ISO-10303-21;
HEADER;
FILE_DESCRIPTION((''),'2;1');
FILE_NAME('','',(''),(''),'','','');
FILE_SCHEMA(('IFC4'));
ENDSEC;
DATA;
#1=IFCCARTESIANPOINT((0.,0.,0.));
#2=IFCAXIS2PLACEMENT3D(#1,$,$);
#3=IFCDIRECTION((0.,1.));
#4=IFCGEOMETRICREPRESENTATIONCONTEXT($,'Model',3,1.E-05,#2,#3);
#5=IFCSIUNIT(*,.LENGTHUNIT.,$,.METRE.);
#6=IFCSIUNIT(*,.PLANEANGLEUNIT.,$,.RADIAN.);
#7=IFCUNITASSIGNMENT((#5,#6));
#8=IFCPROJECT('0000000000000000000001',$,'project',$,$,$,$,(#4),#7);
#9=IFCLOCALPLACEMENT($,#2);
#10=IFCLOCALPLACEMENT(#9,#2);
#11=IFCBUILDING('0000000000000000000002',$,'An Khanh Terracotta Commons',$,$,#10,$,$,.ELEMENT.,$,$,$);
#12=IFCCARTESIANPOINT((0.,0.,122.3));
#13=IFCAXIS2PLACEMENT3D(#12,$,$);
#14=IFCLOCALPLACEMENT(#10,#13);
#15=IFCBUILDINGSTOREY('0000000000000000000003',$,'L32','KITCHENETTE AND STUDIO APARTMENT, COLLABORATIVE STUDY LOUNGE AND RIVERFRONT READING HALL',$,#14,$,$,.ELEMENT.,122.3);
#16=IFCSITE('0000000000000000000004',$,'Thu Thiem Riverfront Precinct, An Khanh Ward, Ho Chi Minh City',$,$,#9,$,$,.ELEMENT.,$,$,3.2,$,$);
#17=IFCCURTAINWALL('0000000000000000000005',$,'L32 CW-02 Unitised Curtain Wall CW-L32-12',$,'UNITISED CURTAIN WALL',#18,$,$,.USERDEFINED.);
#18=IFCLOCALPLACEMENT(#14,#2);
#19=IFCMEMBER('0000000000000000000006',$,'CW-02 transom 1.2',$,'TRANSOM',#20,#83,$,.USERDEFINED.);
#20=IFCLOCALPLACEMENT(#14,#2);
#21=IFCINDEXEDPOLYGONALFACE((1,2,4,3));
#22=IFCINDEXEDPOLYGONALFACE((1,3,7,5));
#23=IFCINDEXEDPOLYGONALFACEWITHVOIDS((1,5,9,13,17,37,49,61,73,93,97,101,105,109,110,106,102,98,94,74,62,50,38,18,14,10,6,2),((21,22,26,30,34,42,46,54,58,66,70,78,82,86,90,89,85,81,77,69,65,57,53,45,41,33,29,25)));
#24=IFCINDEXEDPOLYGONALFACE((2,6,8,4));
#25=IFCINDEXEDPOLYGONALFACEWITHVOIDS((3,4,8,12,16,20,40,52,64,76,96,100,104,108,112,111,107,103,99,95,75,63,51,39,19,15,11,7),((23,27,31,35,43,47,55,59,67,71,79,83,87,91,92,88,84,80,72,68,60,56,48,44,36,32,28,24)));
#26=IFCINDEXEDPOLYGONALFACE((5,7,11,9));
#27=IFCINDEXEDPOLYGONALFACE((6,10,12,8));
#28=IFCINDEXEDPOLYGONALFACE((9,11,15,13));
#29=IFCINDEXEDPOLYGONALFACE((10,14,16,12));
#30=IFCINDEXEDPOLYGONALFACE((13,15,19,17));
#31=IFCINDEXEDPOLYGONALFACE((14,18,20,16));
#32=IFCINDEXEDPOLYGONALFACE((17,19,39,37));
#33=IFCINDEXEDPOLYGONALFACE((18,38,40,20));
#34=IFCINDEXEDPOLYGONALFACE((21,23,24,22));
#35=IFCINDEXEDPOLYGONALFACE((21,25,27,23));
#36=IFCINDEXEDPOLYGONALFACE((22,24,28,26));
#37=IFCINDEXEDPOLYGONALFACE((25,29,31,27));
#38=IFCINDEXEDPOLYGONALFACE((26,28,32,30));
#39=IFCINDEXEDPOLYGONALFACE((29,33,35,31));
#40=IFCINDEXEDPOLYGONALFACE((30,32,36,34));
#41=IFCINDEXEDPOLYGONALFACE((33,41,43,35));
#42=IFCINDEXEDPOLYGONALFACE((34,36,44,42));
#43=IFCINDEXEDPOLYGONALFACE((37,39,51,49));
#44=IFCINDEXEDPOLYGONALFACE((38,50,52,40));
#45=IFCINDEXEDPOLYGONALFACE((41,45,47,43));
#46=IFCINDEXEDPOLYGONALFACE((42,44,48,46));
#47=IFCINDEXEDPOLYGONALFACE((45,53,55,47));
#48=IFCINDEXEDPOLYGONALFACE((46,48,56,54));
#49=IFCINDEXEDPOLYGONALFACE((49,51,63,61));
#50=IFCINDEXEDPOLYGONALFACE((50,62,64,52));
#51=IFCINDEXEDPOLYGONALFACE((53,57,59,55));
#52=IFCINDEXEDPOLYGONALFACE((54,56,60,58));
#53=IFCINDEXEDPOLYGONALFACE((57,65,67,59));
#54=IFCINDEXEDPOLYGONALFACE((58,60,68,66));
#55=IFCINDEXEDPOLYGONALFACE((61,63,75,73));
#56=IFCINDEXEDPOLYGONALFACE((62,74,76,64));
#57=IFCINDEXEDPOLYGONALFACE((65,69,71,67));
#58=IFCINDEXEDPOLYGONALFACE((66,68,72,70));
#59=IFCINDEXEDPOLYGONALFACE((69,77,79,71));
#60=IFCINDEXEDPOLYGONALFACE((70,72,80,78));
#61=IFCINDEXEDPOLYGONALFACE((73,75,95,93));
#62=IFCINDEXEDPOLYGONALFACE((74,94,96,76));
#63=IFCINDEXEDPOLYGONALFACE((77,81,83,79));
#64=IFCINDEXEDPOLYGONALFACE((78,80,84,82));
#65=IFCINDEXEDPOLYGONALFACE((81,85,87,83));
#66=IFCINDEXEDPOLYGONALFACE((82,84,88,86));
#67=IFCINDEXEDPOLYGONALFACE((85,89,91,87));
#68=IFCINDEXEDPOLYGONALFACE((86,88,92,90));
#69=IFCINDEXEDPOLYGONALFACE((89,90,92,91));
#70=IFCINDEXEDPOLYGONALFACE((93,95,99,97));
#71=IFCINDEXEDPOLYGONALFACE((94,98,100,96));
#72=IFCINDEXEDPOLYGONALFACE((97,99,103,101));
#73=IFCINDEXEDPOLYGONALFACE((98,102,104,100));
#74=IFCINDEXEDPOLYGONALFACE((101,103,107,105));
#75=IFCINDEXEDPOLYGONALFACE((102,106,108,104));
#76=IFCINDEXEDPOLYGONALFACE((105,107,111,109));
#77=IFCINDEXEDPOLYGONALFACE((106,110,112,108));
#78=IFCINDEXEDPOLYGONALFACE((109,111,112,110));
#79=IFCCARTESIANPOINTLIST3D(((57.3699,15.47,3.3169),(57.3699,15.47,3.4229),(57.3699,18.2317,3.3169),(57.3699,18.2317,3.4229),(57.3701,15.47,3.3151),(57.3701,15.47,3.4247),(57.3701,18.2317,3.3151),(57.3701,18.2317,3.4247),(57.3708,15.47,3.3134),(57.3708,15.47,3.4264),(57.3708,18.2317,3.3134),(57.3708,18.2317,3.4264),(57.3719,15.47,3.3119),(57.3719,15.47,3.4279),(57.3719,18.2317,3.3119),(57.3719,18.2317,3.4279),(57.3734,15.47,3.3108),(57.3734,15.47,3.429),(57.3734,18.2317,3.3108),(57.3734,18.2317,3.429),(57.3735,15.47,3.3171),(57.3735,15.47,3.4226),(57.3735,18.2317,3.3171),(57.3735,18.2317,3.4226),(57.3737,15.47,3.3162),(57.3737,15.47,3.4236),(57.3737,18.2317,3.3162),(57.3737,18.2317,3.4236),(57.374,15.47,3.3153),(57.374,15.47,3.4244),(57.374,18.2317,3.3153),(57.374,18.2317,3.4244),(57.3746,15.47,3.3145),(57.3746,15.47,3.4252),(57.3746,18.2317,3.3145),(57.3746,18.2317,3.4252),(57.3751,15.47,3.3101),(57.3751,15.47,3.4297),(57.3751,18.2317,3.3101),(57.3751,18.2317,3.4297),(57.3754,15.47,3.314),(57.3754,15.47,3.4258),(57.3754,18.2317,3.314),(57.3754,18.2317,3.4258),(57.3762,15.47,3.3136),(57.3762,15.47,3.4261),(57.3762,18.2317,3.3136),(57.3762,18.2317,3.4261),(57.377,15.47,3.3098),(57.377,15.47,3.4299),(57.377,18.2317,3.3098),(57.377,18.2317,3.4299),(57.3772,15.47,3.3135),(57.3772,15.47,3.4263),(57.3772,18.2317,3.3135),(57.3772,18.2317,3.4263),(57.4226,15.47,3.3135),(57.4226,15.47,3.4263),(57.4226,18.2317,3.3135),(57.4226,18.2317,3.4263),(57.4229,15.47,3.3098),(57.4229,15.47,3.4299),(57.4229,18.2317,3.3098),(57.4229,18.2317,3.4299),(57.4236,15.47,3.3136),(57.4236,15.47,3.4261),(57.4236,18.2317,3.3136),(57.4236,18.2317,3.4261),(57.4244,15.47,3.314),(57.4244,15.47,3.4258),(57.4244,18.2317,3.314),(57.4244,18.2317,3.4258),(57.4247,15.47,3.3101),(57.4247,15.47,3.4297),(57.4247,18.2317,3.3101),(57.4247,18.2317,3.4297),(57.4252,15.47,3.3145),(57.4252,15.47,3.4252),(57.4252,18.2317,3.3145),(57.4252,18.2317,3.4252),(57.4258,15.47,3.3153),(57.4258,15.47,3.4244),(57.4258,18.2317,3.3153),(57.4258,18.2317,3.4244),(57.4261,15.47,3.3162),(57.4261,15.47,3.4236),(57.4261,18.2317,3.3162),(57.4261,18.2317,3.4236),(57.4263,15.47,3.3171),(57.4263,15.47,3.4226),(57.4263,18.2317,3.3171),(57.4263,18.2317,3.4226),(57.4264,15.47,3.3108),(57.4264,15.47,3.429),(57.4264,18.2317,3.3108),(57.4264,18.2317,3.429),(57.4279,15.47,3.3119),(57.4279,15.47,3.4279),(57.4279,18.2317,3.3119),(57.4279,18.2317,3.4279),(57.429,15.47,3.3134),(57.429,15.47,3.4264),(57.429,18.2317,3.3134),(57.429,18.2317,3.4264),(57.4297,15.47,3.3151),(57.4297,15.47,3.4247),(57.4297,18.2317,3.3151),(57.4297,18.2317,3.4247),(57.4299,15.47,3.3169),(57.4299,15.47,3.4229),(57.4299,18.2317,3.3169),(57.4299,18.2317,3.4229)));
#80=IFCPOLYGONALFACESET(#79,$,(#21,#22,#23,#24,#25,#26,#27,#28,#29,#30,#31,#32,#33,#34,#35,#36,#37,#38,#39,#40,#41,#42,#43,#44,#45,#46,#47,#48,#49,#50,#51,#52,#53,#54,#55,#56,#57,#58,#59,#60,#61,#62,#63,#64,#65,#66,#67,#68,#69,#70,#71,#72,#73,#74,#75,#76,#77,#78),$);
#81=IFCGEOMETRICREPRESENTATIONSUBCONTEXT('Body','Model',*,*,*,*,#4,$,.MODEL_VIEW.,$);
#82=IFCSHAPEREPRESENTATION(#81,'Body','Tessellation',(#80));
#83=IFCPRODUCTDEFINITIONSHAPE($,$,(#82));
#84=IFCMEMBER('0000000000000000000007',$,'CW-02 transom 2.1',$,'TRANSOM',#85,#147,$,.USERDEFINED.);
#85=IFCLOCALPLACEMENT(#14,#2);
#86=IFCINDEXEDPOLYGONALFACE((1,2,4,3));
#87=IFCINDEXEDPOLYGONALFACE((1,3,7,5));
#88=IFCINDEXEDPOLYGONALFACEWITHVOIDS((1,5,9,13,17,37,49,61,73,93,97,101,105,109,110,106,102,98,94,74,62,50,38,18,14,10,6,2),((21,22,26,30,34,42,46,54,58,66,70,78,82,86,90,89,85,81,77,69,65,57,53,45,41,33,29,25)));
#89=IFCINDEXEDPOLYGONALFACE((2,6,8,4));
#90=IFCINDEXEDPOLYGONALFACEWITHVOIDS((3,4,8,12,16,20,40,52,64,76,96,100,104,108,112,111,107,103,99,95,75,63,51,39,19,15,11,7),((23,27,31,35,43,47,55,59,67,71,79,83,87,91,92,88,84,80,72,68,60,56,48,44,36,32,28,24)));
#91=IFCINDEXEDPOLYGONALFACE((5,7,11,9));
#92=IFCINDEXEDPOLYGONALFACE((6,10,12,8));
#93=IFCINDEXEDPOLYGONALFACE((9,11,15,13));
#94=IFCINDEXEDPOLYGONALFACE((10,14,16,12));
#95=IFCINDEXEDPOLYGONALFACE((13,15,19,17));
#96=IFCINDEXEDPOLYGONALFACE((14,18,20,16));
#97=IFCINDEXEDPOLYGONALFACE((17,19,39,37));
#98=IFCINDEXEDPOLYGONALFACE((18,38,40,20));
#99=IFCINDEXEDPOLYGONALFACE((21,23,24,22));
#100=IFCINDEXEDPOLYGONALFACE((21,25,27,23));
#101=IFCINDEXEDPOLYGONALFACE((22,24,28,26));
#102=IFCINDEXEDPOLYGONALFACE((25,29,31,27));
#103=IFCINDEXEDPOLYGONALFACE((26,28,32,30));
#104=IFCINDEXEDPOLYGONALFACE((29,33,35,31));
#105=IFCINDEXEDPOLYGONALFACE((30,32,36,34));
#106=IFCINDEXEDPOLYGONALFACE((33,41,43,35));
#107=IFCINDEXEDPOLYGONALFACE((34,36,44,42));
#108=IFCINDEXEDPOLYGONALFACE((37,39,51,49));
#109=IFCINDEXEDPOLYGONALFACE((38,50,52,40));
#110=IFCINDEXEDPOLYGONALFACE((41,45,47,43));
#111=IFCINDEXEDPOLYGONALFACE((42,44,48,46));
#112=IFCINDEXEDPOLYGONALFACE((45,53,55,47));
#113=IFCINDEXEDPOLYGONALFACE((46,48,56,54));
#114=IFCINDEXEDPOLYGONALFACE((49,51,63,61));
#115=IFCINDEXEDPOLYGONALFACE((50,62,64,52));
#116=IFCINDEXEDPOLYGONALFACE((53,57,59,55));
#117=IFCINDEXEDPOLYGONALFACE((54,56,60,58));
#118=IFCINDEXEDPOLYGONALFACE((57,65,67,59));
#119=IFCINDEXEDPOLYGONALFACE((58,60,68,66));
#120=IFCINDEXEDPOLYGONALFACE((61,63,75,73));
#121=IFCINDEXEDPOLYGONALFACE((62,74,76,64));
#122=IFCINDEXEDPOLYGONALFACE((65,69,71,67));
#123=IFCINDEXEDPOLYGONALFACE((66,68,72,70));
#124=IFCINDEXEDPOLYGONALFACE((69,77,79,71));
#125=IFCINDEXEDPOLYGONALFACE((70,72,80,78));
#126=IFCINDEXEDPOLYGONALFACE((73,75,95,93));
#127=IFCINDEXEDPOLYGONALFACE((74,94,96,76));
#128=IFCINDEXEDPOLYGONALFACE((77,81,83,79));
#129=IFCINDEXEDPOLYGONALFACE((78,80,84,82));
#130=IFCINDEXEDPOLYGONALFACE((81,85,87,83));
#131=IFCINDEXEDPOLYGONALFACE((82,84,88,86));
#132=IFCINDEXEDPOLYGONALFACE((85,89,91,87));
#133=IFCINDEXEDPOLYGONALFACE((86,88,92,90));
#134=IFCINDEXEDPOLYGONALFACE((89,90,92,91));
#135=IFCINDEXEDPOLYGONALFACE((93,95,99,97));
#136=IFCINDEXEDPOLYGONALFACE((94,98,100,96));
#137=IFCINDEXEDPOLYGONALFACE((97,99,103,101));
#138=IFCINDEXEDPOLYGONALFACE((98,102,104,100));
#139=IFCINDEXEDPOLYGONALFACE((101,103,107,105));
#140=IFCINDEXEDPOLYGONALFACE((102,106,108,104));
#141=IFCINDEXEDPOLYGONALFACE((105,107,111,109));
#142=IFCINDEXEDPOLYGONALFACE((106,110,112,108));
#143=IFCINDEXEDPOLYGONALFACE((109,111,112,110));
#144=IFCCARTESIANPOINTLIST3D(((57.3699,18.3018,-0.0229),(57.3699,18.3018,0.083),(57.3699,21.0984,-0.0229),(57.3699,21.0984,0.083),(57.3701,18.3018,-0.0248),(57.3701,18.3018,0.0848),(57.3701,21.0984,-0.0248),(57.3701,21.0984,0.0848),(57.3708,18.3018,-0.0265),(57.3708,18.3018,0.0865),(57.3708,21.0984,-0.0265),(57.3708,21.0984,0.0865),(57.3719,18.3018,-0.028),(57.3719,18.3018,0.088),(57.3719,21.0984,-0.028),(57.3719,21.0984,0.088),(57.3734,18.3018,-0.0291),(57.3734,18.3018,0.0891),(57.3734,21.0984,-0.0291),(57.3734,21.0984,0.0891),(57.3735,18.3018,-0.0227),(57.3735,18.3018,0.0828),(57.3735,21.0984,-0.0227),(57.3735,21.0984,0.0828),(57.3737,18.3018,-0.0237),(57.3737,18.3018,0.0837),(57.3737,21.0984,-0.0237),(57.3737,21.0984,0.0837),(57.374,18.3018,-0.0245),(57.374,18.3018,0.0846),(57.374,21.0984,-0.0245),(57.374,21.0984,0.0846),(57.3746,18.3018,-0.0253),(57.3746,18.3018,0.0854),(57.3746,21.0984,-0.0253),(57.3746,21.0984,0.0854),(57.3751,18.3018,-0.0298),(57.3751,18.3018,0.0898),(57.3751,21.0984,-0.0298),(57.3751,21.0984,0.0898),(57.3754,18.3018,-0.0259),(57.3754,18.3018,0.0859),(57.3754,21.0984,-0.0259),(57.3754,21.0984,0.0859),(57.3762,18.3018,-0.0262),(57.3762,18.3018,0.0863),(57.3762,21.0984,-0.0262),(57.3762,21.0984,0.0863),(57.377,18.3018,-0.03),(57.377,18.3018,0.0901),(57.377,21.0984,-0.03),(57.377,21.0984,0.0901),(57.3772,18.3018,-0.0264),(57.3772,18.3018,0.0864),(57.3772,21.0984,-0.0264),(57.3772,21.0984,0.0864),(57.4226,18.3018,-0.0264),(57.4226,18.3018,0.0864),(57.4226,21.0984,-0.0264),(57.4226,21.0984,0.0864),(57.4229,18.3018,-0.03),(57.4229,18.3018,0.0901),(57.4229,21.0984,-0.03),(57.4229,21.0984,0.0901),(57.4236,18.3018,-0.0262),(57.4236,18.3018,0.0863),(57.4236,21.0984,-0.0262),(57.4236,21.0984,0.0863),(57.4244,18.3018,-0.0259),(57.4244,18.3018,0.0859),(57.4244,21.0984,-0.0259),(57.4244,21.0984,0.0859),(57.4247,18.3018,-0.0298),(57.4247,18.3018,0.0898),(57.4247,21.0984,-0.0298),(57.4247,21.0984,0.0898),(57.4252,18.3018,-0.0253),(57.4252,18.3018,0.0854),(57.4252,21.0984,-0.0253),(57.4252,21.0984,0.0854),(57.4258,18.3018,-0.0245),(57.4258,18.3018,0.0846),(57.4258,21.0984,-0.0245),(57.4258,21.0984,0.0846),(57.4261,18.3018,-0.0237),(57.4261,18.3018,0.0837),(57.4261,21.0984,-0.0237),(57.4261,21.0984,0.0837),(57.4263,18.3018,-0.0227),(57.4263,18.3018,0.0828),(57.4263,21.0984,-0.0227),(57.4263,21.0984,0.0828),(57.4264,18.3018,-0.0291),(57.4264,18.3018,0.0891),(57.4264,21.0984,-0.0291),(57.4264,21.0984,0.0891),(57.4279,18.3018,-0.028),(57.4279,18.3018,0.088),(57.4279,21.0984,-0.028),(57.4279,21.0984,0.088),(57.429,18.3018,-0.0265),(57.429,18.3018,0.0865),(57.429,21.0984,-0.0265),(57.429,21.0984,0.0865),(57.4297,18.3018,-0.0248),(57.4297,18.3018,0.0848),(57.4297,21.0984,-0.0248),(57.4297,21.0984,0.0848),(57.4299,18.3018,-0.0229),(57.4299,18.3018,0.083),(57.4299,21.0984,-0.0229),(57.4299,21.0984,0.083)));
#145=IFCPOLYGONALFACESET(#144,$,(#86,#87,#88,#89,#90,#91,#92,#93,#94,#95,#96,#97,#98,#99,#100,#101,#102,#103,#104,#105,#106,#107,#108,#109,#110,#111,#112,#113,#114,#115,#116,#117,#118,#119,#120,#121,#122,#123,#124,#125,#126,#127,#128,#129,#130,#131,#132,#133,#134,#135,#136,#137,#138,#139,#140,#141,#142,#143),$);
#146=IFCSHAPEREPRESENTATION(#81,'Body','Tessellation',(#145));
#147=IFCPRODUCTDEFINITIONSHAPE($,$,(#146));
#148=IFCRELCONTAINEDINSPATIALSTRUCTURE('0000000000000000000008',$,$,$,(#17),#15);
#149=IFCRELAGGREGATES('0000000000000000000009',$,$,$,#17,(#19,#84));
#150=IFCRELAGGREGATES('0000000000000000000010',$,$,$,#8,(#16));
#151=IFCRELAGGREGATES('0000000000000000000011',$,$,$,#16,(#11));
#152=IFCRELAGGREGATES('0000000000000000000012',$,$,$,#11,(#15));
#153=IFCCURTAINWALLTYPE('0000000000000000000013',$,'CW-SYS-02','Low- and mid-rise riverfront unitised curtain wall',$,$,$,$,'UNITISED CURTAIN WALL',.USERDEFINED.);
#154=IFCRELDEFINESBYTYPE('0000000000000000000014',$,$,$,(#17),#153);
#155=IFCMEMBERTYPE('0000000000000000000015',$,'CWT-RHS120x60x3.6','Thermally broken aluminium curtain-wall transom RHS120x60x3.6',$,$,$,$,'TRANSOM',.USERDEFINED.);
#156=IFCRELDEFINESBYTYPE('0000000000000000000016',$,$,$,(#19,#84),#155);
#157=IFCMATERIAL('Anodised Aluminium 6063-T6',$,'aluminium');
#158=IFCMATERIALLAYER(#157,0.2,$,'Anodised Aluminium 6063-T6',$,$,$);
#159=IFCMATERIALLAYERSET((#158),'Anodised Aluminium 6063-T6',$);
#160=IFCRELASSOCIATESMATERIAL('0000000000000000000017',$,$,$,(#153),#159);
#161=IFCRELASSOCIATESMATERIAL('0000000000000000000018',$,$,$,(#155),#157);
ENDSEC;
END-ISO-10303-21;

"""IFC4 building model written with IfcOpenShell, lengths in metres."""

from ifc_helpers import new_model, si_unit, direction, frame, origin, origin_2d, place, context, subcontext, project, spatial, hollow_rectangle, extrude, material, layer, layer_set, material_profile, profile_set, type_object, element, aggregate, save


model = new_model("IFC4")

# Units and contexts
model_context = context("Model", 3, precision=1e-05, world=origin(), true_north=direction((0.0, 1.0)))
body_context = subcontext(model_context, "Body", "Model", "MODEL_VIEW")
ifc_project = project(units=[si_unit("LENGTHUNIT", "METRE"), si_unit("PLANEANGLEUNIT", "RADIAN")], contexts=[model_context])

# Site, building, storey
site_placement = place(None, origin())
site = spatial("IfcSite", under=ifc_project, at=site_placement, Name="Thu Thiem Riverfront Precinct, An Khanh Ward, Ho Chi Minh City", CompositionType="ELEMENT", RefElevation=3.2)
building_placement = place(site_placement, origin())
building = spatial("IfcBuilding", under=site, at=building_placement, Name="An Khanh Terracotta Commons", CompositionType="ELEMENT")
storey_placement = place(building_placement, frame((0.0, 0.0, 122.3)))
storey = spatial("IfcBuildingStorey", under=building, at=storey_placement, Name="L32", Description="KITCHENETTE AND STUDIO APARTMENT, COLLABORATIVE STUDY LOUNGE AND RIVERFRONT READING HALL", CompositionType="ELEMENT", Elevation=122.3)

# Curtain wall
ifc_material_1 = material(Name="Anodised Aluminium 6063-T6", Category="aluminium")
ifc_layer_1 = layer(ifc_material_1, 0.2, Name="Anodised Aluminium 6063-T6")
ifc_layer_set_1 = layer_set([ifc_layer_1], Name="Anodised Aluminium 6063-T6")
curtain_wall_type = type_object("IfcCurtainWallType", Name="CW-SYS-02", Description="Low- and mid-rise riverfront unitised curtain wall", ElementType="UNITISED CURTAIN WALL", PredefinedType="USERDEFINED", material=ifc_layer_set_1)
curtain_wall_1_placement = place(storey_placement, origin())
curtain_wall_1 = element("IfcCurtainWall", 1, at=curtain_wall_1_placement, inside=storey, type_object=curtain_wall_type, Name="L32 CW-02 Unitised Curtain Wall CW-L32-12", ObjectType="UNITISED CURTAIN WALL", PredefinedType="USERDEFINED")

# Members
ifc_material_profile_1 = material_profile(ifc_material_1, hollow_rectangle(XDim=0.0601, YDim=0.1201, WallThickness=0.0037, InnerFilletRadius=0.0037, OuterFilletRadius=0.0071, at=origin_2d()), Name="RHS120x60x3.6")
ifc_profile_set_1 = profile_set([ifc_material_profile_1], Name="Anodised Aluminium 6063-T6")
member_type_1 = type_object("IfcMemberType", Name="CWT-RHS120x60x3.6", Description="Thermally broken aluminium curtain-wall transom RHS120x60x3.6", ElementType="TRANSOM", PredefinedType="USERDEFINED", material=ifc_profile_set_1)
member_1_placement = place(storey_placement, frame((57.3999, 15.47, 3.3699), z_axis=(0.0, 1.0, 0.0), x_axis=(-1.0, 0.0, 0.0)))
member_1 = element("IfcMember", 2, at=member_1_placement, type_object=member_type_1, Name="CW-02 transom 1.2", ObjectType="TRANSOM", PredefinedType="USERDEFINED", context=body_context, shape_type="SweptSolid", body=[
    extrude(hollow_rectangle(XDim=0.0601, YDim=0.1201, WallThickness=0.0037, InnerFilletRadius=0.0037, OuterFilletRadius=0.0071, at=origin_2d()), origin(), (0.0, 0.0, 1.0), 2.7617),
])
member_2_placement = place(storey_placement, frame((57.3999, 18.3018, 0.03), z_axis=(0.0, 1.0, 0.0), x_axis=(-1.0, 0.0, 0.0)))
member_2 = element("IfcMember", 3, at=member_2_placement, type_object=member_type_1, Name="CW-02 transom 2.1", ObjectType="TRANSOM", PredefinedType="USERDEFINED", context=body_context, shape_type="SweptSolid", body=[
    extrude(hollow_rectangle(XDim=0.0601, YDim=0.1201, WallThickness=0.0037, InnerFilletRadius=0.0037, OuterFilletRadius=0.0071, at=origin_2d()), origin(), (0.0, 0.0, 1.0), 2.7966),
])

aggregate(curtain_wall_1, [member_1, member_2])

save(model, "model.ifc")
